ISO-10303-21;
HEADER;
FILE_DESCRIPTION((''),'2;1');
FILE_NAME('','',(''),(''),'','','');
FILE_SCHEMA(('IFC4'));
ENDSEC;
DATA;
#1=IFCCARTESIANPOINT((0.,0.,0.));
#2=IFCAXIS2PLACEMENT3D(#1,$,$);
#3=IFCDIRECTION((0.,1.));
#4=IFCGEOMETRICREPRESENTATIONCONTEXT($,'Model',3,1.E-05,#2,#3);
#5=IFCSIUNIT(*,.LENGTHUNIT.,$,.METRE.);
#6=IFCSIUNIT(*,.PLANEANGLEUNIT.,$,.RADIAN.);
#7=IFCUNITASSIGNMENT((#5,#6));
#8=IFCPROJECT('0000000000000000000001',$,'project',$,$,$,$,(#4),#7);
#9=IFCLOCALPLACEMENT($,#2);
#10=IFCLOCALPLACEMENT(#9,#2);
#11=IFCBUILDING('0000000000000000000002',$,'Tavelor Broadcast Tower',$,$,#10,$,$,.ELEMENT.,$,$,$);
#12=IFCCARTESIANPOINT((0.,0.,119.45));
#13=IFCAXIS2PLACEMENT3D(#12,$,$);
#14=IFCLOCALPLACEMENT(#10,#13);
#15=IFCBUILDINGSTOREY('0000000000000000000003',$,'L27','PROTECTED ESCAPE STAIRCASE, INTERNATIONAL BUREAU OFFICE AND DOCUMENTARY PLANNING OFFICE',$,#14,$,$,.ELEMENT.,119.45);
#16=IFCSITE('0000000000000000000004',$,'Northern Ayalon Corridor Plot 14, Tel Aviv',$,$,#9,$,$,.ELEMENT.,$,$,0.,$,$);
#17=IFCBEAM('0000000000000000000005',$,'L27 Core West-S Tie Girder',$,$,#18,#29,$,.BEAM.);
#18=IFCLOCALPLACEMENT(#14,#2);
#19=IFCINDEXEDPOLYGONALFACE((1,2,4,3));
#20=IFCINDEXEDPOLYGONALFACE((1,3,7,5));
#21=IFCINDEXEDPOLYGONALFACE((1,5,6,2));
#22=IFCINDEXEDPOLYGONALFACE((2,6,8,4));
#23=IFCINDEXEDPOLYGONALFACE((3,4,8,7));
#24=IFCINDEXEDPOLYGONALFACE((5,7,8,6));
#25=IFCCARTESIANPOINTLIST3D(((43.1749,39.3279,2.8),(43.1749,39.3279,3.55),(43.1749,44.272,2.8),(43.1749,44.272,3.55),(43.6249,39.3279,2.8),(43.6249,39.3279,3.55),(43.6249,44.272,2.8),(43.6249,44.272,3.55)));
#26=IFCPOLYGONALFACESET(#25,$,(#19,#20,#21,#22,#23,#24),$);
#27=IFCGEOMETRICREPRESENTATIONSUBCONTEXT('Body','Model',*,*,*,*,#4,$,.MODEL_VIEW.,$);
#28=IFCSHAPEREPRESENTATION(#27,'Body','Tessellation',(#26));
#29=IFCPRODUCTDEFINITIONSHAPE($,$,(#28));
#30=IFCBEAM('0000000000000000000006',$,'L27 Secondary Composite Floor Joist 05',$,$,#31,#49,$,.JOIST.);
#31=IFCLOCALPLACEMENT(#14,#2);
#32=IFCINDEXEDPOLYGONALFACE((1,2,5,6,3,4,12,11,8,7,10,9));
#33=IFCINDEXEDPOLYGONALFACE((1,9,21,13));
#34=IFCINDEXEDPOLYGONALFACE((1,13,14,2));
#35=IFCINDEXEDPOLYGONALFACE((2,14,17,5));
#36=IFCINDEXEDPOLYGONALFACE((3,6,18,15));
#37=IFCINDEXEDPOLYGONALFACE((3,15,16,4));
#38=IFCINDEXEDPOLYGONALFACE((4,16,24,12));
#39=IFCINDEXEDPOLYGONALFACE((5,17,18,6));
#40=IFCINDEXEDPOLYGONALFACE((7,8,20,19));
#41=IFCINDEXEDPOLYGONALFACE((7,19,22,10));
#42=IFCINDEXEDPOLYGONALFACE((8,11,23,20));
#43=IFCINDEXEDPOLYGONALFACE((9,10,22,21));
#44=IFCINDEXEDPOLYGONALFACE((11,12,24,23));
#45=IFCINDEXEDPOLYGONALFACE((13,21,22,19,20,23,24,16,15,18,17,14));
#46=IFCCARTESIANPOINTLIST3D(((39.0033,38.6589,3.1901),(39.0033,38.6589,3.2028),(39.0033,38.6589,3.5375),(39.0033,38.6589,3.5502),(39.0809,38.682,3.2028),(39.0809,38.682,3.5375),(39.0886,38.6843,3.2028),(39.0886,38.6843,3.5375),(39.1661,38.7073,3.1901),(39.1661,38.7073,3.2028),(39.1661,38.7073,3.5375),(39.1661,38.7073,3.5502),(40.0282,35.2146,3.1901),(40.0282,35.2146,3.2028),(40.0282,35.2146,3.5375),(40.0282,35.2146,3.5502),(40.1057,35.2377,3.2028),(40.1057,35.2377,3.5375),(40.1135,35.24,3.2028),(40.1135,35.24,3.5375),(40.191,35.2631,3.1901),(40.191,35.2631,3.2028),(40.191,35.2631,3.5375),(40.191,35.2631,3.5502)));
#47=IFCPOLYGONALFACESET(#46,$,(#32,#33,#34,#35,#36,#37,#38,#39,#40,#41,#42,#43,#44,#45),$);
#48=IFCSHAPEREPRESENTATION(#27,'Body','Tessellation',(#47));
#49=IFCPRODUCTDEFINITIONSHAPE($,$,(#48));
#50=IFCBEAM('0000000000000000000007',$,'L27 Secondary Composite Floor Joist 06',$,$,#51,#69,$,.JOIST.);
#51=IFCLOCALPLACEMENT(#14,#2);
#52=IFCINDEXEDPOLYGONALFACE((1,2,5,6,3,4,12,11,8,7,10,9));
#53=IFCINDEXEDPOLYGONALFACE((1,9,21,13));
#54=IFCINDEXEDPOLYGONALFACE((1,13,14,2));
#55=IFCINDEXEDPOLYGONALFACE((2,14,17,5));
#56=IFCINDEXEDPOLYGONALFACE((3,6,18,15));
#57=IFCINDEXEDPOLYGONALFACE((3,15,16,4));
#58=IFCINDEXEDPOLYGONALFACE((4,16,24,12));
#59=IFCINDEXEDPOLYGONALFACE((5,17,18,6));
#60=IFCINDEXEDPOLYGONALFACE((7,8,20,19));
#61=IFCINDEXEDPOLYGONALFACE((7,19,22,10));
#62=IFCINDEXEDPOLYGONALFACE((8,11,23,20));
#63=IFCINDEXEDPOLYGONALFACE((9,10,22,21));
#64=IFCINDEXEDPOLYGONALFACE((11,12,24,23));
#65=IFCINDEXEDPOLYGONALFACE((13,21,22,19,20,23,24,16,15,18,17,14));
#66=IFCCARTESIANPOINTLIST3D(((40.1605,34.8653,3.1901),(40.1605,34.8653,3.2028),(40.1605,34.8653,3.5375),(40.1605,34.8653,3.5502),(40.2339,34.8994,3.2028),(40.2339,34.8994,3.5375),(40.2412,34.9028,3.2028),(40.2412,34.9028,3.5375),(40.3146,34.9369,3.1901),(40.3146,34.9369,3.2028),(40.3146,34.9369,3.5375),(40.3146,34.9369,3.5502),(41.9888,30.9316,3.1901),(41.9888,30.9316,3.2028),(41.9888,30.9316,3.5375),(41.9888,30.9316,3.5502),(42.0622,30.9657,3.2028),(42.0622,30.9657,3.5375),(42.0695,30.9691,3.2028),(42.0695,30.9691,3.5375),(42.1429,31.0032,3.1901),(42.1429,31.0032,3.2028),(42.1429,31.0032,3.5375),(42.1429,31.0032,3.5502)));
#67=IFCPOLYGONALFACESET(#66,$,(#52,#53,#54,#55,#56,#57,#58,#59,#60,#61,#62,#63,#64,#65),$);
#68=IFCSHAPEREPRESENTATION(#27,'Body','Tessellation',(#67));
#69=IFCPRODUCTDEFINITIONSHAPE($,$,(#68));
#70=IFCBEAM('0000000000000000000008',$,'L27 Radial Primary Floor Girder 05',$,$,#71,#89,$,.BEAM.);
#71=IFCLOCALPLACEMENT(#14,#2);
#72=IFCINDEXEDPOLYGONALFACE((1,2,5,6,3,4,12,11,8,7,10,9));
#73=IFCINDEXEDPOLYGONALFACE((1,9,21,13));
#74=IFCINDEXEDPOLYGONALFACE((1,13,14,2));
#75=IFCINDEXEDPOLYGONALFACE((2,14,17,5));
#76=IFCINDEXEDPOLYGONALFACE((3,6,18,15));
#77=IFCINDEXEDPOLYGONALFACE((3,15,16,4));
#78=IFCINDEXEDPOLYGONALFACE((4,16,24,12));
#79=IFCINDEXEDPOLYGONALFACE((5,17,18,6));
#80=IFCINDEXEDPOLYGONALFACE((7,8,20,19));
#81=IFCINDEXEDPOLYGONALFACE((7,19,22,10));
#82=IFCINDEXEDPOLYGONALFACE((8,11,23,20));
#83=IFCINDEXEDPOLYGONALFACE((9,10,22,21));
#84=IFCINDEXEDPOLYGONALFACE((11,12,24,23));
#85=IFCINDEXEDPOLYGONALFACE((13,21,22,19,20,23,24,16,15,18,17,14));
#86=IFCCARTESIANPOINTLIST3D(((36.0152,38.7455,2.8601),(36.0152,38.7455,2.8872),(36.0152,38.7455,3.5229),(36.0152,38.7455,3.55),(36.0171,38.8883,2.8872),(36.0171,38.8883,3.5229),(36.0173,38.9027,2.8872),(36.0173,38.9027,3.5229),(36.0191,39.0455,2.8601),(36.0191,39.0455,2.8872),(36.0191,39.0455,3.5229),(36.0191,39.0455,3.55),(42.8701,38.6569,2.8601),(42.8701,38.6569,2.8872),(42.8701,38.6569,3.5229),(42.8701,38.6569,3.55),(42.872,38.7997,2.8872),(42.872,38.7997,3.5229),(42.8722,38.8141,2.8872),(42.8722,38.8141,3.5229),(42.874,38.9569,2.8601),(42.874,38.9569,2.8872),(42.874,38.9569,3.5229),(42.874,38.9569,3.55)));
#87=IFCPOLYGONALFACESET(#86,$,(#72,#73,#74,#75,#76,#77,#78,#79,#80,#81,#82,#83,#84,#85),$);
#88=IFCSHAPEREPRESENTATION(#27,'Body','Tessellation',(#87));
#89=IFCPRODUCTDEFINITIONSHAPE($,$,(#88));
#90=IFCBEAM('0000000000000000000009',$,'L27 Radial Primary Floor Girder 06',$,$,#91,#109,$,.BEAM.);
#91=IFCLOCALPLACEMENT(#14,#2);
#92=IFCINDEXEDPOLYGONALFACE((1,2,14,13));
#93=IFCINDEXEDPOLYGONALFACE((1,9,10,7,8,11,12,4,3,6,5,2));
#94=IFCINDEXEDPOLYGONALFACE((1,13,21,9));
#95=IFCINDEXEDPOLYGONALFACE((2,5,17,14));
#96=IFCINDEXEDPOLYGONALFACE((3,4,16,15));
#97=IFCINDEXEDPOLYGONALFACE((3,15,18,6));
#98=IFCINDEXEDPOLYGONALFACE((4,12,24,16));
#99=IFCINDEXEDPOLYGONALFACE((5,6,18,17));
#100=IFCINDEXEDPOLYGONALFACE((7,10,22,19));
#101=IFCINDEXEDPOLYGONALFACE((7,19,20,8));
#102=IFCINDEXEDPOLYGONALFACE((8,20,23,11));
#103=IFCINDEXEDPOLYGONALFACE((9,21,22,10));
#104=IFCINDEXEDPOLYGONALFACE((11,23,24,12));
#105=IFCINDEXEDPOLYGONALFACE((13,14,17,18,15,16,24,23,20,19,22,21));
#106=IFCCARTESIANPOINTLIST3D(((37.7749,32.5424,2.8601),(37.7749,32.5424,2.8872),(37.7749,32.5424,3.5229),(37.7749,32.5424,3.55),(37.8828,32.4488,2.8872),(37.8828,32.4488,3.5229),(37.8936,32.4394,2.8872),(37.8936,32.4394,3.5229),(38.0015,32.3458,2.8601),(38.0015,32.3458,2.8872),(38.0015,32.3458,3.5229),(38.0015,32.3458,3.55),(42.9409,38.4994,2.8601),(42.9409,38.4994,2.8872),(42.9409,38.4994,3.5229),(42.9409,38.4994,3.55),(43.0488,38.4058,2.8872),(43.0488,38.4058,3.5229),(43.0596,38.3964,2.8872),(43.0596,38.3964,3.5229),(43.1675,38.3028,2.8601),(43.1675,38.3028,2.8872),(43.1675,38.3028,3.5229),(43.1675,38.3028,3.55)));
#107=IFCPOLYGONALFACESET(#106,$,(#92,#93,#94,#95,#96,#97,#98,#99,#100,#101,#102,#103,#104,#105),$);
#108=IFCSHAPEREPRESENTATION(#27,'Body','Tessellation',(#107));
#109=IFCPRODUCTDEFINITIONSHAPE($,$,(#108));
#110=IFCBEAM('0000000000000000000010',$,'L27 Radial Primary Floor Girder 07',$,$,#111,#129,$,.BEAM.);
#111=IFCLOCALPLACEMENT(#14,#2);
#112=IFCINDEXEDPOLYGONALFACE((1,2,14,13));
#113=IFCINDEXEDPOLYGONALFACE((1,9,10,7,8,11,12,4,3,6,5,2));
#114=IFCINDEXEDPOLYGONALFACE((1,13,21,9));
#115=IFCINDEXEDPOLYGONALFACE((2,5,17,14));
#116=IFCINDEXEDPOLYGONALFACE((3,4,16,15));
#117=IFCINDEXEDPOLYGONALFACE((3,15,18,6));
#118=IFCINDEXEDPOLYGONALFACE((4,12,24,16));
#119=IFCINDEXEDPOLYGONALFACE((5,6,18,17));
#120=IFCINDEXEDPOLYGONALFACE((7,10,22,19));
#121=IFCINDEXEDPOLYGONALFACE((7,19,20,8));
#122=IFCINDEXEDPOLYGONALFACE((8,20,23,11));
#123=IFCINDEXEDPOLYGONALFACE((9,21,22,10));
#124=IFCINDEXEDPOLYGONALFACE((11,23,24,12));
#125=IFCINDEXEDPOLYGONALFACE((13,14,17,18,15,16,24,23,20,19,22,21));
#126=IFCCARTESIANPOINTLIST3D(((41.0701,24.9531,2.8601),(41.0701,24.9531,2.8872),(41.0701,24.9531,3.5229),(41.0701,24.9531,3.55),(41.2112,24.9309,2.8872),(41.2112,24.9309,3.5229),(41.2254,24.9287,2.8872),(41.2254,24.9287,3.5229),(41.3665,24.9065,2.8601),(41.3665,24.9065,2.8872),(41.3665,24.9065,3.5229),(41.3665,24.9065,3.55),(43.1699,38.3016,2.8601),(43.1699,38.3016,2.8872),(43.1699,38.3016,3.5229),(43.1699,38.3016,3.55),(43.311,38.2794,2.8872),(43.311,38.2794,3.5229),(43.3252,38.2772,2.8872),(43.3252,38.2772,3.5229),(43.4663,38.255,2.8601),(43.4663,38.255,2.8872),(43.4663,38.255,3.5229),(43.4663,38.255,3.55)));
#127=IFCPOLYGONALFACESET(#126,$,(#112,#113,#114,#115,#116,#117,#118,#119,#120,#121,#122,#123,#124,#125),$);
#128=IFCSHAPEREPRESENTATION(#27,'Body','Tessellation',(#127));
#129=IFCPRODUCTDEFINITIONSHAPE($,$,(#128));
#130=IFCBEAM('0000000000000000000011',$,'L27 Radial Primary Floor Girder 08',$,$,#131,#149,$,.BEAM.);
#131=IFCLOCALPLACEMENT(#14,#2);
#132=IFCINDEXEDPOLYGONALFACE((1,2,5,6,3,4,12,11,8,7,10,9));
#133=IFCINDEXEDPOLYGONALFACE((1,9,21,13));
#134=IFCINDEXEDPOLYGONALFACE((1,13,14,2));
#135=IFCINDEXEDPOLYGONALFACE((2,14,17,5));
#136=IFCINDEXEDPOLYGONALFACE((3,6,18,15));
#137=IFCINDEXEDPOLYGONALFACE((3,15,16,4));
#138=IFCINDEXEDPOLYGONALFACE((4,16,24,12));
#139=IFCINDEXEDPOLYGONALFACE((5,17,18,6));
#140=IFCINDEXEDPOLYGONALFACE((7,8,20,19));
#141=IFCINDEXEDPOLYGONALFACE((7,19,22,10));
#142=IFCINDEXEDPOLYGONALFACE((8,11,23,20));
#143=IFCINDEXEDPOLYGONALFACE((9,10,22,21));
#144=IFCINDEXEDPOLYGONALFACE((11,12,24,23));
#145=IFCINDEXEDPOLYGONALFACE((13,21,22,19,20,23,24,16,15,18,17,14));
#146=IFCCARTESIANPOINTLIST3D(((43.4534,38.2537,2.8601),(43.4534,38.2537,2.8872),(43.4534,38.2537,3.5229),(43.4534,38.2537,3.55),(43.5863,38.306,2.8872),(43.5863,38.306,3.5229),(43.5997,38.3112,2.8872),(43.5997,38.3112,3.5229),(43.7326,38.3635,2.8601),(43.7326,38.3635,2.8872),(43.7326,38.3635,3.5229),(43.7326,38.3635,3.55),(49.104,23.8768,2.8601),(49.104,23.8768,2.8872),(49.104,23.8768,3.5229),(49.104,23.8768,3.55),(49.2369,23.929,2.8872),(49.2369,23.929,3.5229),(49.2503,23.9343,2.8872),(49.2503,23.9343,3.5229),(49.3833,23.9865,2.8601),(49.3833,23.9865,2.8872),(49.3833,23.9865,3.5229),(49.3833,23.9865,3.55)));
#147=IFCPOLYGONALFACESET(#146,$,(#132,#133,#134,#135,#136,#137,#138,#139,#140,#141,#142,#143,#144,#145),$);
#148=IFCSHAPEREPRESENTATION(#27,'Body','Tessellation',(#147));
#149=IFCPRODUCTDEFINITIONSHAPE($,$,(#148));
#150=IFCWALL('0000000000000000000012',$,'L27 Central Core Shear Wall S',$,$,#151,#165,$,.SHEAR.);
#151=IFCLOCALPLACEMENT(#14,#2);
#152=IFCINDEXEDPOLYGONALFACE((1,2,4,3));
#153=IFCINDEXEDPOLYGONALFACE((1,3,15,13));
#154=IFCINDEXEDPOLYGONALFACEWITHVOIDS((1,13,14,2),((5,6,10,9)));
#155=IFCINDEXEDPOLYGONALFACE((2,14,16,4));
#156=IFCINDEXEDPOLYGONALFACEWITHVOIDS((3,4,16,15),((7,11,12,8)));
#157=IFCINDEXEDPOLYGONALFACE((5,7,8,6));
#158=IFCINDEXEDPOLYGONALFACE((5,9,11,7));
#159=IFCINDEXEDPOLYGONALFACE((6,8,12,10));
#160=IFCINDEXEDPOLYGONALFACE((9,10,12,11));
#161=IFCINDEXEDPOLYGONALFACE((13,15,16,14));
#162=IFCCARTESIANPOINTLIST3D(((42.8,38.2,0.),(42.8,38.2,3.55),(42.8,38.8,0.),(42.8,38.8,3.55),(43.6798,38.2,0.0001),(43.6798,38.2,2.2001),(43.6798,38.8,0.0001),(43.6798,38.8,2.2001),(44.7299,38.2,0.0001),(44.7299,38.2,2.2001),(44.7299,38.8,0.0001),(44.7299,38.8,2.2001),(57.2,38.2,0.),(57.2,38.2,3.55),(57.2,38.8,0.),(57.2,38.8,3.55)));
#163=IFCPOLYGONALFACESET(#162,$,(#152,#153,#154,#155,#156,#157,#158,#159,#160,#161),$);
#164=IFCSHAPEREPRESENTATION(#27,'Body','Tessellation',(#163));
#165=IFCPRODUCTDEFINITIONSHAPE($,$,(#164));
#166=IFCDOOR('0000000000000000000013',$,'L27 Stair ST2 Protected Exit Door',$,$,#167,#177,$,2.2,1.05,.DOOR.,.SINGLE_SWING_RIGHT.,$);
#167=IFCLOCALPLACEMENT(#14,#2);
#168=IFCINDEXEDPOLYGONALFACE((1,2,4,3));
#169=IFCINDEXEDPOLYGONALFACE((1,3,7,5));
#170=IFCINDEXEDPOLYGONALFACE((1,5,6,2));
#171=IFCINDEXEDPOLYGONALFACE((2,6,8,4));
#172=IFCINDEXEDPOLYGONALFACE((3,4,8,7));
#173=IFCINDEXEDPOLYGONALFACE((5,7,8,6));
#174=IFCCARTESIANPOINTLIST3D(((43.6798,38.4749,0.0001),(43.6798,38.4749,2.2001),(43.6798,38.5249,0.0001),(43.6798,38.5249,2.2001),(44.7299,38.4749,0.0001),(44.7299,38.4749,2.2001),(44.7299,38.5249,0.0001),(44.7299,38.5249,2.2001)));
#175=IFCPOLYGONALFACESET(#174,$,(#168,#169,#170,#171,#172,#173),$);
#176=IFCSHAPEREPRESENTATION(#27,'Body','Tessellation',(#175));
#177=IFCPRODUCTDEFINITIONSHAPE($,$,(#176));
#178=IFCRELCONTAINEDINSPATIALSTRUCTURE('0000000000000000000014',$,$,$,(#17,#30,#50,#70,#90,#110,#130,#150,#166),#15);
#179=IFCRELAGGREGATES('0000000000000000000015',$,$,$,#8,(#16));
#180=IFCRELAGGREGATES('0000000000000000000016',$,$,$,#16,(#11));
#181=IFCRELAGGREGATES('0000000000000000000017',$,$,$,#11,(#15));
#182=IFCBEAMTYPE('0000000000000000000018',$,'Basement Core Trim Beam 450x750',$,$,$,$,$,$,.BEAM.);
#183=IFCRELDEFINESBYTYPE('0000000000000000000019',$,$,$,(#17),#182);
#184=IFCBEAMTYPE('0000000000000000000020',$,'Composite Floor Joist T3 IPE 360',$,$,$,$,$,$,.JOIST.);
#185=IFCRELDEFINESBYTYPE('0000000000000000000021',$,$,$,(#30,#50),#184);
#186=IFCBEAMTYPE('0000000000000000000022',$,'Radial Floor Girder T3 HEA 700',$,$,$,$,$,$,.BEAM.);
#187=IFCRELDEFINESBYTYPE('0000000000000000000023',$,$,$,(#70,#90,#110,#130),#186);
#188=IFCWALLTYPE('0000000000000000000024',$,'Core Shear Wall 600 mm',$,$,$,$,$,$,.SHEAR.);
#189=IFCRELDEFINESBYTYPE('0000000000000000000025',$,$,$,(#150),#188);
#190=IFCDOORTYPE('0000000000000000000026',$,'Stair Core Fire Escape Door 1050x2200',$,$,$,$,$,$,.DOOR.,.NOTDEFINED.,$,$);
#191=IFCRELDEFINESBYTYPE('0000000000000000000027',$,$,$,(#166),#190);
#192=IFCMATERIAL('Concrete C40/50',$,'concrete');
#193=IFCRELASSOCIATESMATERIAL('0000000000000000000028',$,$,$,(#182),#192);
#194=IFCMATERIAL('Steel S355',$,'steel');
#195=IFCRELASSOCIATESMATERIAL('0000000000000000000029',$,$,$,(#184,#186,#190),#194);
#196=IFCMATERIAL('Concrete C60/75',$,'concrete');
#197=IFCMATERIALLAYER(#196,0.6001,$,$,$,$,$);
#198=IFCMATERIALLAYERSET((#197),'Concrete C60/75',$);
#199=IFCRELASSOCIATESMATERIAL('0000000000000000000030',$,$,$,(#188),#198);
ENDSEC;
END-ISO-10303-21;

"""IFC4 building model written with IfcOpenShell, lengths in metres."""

from ifc_helpers import new_model, si_unit, direction, frame, frame_2d, origin, origin_2d, place, context, subcontext, project, spatial, rectangle, i_section, extrude, material, layer, layer_set, material_profile, profile_set, type_object, element, fill, save


model = new_model("IFC4")

# Units and contexts
model_context = context("Model", 3, precision=1e-05, world=origin(), true_north=direction((0.0, 1.0)))
body_context = subcontext(model_context, "Body", "Model", "MODEL_VIEW")
ifc_project = project(units=[si_unit("LENGTHUNIT", "METRE"), si_unit("PLANEANGLEUNIT", "RADIAN")], contexts=[model_context])

# Site, building, storey
site_placement = place(None, origin())
site = spatial("IfcSite", under=ifc_project, at=site_placement, Name="Northern Ayalon Corridor Plot 14, Tel Aviv", CompositionType="ELEMENT", RefElevation=0.0)
building_placement = place(site_placement, origin())
building = spatial("IfcBuilding", under=site, at=building_placement, Name="Tavelor Broadcast Tower", CompositionType="ELEMENT")
storey_placement = place(building_placement, frame((0.0, 0.0, 119.45)))
storey = spatial("IfcBuildingStorey", under=building, at=storey_placement, Name="L27", Description="PROTECTED ESCAPE STAIRCASE, INTERNATIONAL BUREAU OFFICE AND DOCUMENTARY PLANNING OFFICE", CompositionType="ELEMENT", Elevation=119.45)

# Beams
ifc_material_1 = material(Name="Concrete C40/50", Category="concrete")
ifc_material_profile_1 = material_profile(ifc_material_1, rectangle(XDim=0.45, YDim=0.75, at=origin_2d()), Name="RC 450x750")
ifc_profile_set_1 = profile_set([ifc_material_profile_1], Name="Concrete C40/50")
beam_type_1 = type_object("IfcBeamType", Name="Basement Core Trim Beam 450x750", PredefinedType="BEAM", material=ifc_profile_set_1)
beam_1_placement = place(storey_placement, frame((43.3999, 39.3279, 3.175), z_axis=(0.0, 1.0, 0.0), x_axis=(-1.0, 0.0, 0.0)))
element("IfcBeam", 1, at=beam_1_placement, inside=storey, type_object=beam_type_1, Name="L27 Core West-S Tie Girder", PredefinedType="BEAM", context=body_context, shape_type="SweptSolid", body=[
    extrude(rectangle(XDim=0.45, YDim=0.75, at=origin_2d()), origin(), (0.0, 0.0, 1.0), 4.9441),
])
ifc_material_2 = material(Name="Steel S355", Category="steel")
ifc_material_profile_2 = material_profile(ifc_material_2, i_section(OverallWidth=0.1699, OverallDepth=0.3601, WebThickness=0.0081, FlangeThickness=0.0127, at=origin_2d()), Name="IPE 360")
ifc_profile_set_2 = profile_set([ifc_material_profile_2], Name="Steel S355")
beam_type_2 = type_object("IfcBeamType", Name="Composite Floor Joist T3 IPE 360", PredefinedType="JOIST", material=ifc_profile_set_2)
beam_2_placement = place(storey_placement, frame((39.0847, 38.6831, 3.3701), z_axis=(0.285203, -0.958467, 0.0), x_axis=(0.958467, 0.285203, 0.0)))
element("IfcBeam", 2, at=beam_2_placement, inside=storey, type_object=beam_type_2, Name="L27 Secondary Composite Floor Joist 05", PredefinedType="JOIST", context=body_context, shape_type="SweptSolid", body=[
    extrude(i_section(OverallWidth=0.1699, OverallDepth=0.3601, WebThickness=0.0081, FlangeThickness=0.0127, at=origin_2d()), origin(), (0.0, 0.0, 1.0), 3.5935),
])
beam_3_placement = place(storey_placement, frame((40.2375, 34.9011, 3.3701), z_axis=(0.42148, -0.906838, 0.0), x_axis=(0.906838, 0.42148, 0.0)))
element("IfcBeam", 3, at=beam_3_placement, inside=storey, type_object=beam_type_2, Name="L27 Secondary Composite Floor Joist 06", PredefinedType="JOIST", context=body_context, shape_type="SweptSolid", body=[
    extrude(i_section(OverallWidth=0.1699, OverallDepth=0.3601, WebThickness=0.0081, FlangeThickness=0.0127, at=origin_2d()), origin(), (0.0, 0.0, 1.0), 4.3379),
])
ifc_material_profile_3 = material_profile(ifc_material_2, i_section(OverallWidth=0.3, OverallDepth=0.6899, WebThickness=0.0144, FlangeThickness=0.0271, at=origin_2d()), Name="HEA 700")
ifc_profile_set_3 = profile_set([ifc_material_profile_3], Name="Steel S355")
beam_type_3 = type_object("IfcBeamType", Name="Radial Floor Girder T3 HEA 700", PredefinedType="BEAM", material=ifc_profile_set_3)
beam_4_placement = place(storey_placement, frame((42.8721, 38.8069, 3.2051), z_axis=(-0.999916, 0.012927, 0.0), x_axis=(-0.012927, -0.999916, 0.0)))
element("IfcBeam", 4, at=beam_4_placement, inside=storey, type_object=beam_type_3, Name="L27 Radial Primary Floor Girder 05", PredefinedType="BEAM", context=body_context, shape_type="SweptSolid", body=[
    extrude(i_section(OverallWidth=0.3, OverallDepth=0.6899, WebThickness=0.0144, FlangeThickness=0.0271, at=origin_2d()), origin(), (0.0, 0.0, 1.0), 6.8555),
])
beam_5_placement = place(storey_placement, frame((43.0542, 38.4011, 3.2051), z_axis=(-0.655166, -0.755485, 0.0), x_axis=(0.755485, -0.655166, 0.0)))
element("IfcBeam", 5, at=beam_5_placement, inside=storey, type_object=beam_type_3, Name="L27 Radial Primary Floor Girder 06", PredefinedType="BEAM", context=body_context, shape_type="SweptSolid", body=[
    extrude(i_section(OverallWidth=0.3, OverallDepth=0.6899, WebThickness=0.0144, FlangeThickness=0.0271, at=origin_2d()), origin(), (0.0, 0.0, 1.0), 7.885),
])
beam_6_placement = place(storey_placement, frame((43.3181, 38.2783, 3.2051), z_axis=(-0.155398, -0.987852, 0.0), x_axis=(0.987852, -0.155398, 0.0)))
element("IfcBeam", 6, at=beam_6_placement, inside=storey, type_object=beam_type_3, Name="L27 Radial Primary Floor Girder 07", PredefinedType="BEAM", context=body_context, shape_type="SweptSolid", body=[
    extrude(i_section(OverallWidth=0.3, OverallDepth=0.6899, WebThickness=0.0144, FlangeThickness=0.0271, at=origin_2d()), origin(), (0.0, 0.0, 1.0), 13.5127),
])
beam_7_placement = place(storey_placement, frame((43.593, 38.3086, 3.2051), z_axis=(0.365795, -0.930695, 0.0), x_axis=(0.930695, 0.365795, 0.0)))
element("IfcBeam", 7, at=beam_7_placement, inside=storey, type_object=beam_type_3, Name="L27 Radial Primary Floor Girder 08", PredefinedType="BEAM", context=body_context, shape_type="SweptSolid", body=[
    extrude(i_section(OverallWidth=0.3, OverallDepth=0.6899, WebThickness=0.0144, FlangeThickness=0.0271, at=origin_2d()), origin(), (0.0, 0.0, 1.0), 15.4475),
])

# Wall, opening, door
ifc_material_3 = material(Name="Concrete C60/75", Category="concrete")
ifc_layer_1 = layer(ifc_material_3, 0.6001)
ifc_layer_set_1 = layer_set([ifc_layer_1], Name="Concrete C60/75")
wall_type_1 = type_object("IfcWallType", Name="Core Shear Wall 600 mm", PredefinedType="SHEAR", material=ifc_layer_set_1)
wall_1_placement = place(storey_placement, frame((42.8, 38.5, 0.0), z_axis=(0.0, 0.0, 1.0), x_axis=(1.0, 0.0, 0.0)))
wall_1 = element("IfcWall", 8, at=wall_1_placement, inside=storey, type_object=wall_type_1, Name="L27 Central Core Shear Wall S", PredefinedType="SHEAR", context=body_context, shape_type="SweptSolid", body=[
    extrude(rectangle(XDim=14.3999, YDim=0.6001, at=frame_2d((7.2, 0.0))), origin(), (0.0, 0.0, 1.0), 3.55),
])
opening_placement = place(wall_1_placement, frame((0.8799, 0.0, 0.0)))
opening = element("IfcOpeningElement", 9, at=opening_placement, cuts=wall_1, PredefinedType="OPENING", context=body_context, shape_type="SweptSolid", body=[
    extrude(rectangle(XDim=1.05, YDim=2.2, at=frame_2d((0.5249, 1.1001))), frame((0.0, 0.3101, 0.0), z_axis=(0.0, -1.0, 0.0), x_axis=(1.0, 0.0, 0.0)), (0.0, 0.0, 1.0), 0.6201),
])
door_type = type_object("IfcDoorType", Name="Stair Core Fire Escape Door 1050x2200", OperationType="NOTDEFINED", PredefinedType="DOOR", material=ifc_material_2)
door_placement = place(opening_placement, origin())
door = element("IfcDoor", 10, at=door_placement, inside=storey, type_object=door_type, Name="L27 Stair ST2 Protected Exit Door", OperationType="SINGLE_SWING_RIGHT", OverallHeight=2.2, OverallWidth=1.05, PredefinedType="DOOR", context=body_context, shape_type="SweptSolid", body=[
    extrude(rectangle(XDim=1.05, YDim=2.2, at=frame_2d((0.5249, 1.1001))), frame((0.0, 0.0249, 0.0), z_axis=(0.0, -1.0, 0.0), x_axis=(1.0, 0.0, 0.0)), (0.0, 0.0, 1.0), 0.05),
])
fill(opening, door)

save(model, "model.ifc")
